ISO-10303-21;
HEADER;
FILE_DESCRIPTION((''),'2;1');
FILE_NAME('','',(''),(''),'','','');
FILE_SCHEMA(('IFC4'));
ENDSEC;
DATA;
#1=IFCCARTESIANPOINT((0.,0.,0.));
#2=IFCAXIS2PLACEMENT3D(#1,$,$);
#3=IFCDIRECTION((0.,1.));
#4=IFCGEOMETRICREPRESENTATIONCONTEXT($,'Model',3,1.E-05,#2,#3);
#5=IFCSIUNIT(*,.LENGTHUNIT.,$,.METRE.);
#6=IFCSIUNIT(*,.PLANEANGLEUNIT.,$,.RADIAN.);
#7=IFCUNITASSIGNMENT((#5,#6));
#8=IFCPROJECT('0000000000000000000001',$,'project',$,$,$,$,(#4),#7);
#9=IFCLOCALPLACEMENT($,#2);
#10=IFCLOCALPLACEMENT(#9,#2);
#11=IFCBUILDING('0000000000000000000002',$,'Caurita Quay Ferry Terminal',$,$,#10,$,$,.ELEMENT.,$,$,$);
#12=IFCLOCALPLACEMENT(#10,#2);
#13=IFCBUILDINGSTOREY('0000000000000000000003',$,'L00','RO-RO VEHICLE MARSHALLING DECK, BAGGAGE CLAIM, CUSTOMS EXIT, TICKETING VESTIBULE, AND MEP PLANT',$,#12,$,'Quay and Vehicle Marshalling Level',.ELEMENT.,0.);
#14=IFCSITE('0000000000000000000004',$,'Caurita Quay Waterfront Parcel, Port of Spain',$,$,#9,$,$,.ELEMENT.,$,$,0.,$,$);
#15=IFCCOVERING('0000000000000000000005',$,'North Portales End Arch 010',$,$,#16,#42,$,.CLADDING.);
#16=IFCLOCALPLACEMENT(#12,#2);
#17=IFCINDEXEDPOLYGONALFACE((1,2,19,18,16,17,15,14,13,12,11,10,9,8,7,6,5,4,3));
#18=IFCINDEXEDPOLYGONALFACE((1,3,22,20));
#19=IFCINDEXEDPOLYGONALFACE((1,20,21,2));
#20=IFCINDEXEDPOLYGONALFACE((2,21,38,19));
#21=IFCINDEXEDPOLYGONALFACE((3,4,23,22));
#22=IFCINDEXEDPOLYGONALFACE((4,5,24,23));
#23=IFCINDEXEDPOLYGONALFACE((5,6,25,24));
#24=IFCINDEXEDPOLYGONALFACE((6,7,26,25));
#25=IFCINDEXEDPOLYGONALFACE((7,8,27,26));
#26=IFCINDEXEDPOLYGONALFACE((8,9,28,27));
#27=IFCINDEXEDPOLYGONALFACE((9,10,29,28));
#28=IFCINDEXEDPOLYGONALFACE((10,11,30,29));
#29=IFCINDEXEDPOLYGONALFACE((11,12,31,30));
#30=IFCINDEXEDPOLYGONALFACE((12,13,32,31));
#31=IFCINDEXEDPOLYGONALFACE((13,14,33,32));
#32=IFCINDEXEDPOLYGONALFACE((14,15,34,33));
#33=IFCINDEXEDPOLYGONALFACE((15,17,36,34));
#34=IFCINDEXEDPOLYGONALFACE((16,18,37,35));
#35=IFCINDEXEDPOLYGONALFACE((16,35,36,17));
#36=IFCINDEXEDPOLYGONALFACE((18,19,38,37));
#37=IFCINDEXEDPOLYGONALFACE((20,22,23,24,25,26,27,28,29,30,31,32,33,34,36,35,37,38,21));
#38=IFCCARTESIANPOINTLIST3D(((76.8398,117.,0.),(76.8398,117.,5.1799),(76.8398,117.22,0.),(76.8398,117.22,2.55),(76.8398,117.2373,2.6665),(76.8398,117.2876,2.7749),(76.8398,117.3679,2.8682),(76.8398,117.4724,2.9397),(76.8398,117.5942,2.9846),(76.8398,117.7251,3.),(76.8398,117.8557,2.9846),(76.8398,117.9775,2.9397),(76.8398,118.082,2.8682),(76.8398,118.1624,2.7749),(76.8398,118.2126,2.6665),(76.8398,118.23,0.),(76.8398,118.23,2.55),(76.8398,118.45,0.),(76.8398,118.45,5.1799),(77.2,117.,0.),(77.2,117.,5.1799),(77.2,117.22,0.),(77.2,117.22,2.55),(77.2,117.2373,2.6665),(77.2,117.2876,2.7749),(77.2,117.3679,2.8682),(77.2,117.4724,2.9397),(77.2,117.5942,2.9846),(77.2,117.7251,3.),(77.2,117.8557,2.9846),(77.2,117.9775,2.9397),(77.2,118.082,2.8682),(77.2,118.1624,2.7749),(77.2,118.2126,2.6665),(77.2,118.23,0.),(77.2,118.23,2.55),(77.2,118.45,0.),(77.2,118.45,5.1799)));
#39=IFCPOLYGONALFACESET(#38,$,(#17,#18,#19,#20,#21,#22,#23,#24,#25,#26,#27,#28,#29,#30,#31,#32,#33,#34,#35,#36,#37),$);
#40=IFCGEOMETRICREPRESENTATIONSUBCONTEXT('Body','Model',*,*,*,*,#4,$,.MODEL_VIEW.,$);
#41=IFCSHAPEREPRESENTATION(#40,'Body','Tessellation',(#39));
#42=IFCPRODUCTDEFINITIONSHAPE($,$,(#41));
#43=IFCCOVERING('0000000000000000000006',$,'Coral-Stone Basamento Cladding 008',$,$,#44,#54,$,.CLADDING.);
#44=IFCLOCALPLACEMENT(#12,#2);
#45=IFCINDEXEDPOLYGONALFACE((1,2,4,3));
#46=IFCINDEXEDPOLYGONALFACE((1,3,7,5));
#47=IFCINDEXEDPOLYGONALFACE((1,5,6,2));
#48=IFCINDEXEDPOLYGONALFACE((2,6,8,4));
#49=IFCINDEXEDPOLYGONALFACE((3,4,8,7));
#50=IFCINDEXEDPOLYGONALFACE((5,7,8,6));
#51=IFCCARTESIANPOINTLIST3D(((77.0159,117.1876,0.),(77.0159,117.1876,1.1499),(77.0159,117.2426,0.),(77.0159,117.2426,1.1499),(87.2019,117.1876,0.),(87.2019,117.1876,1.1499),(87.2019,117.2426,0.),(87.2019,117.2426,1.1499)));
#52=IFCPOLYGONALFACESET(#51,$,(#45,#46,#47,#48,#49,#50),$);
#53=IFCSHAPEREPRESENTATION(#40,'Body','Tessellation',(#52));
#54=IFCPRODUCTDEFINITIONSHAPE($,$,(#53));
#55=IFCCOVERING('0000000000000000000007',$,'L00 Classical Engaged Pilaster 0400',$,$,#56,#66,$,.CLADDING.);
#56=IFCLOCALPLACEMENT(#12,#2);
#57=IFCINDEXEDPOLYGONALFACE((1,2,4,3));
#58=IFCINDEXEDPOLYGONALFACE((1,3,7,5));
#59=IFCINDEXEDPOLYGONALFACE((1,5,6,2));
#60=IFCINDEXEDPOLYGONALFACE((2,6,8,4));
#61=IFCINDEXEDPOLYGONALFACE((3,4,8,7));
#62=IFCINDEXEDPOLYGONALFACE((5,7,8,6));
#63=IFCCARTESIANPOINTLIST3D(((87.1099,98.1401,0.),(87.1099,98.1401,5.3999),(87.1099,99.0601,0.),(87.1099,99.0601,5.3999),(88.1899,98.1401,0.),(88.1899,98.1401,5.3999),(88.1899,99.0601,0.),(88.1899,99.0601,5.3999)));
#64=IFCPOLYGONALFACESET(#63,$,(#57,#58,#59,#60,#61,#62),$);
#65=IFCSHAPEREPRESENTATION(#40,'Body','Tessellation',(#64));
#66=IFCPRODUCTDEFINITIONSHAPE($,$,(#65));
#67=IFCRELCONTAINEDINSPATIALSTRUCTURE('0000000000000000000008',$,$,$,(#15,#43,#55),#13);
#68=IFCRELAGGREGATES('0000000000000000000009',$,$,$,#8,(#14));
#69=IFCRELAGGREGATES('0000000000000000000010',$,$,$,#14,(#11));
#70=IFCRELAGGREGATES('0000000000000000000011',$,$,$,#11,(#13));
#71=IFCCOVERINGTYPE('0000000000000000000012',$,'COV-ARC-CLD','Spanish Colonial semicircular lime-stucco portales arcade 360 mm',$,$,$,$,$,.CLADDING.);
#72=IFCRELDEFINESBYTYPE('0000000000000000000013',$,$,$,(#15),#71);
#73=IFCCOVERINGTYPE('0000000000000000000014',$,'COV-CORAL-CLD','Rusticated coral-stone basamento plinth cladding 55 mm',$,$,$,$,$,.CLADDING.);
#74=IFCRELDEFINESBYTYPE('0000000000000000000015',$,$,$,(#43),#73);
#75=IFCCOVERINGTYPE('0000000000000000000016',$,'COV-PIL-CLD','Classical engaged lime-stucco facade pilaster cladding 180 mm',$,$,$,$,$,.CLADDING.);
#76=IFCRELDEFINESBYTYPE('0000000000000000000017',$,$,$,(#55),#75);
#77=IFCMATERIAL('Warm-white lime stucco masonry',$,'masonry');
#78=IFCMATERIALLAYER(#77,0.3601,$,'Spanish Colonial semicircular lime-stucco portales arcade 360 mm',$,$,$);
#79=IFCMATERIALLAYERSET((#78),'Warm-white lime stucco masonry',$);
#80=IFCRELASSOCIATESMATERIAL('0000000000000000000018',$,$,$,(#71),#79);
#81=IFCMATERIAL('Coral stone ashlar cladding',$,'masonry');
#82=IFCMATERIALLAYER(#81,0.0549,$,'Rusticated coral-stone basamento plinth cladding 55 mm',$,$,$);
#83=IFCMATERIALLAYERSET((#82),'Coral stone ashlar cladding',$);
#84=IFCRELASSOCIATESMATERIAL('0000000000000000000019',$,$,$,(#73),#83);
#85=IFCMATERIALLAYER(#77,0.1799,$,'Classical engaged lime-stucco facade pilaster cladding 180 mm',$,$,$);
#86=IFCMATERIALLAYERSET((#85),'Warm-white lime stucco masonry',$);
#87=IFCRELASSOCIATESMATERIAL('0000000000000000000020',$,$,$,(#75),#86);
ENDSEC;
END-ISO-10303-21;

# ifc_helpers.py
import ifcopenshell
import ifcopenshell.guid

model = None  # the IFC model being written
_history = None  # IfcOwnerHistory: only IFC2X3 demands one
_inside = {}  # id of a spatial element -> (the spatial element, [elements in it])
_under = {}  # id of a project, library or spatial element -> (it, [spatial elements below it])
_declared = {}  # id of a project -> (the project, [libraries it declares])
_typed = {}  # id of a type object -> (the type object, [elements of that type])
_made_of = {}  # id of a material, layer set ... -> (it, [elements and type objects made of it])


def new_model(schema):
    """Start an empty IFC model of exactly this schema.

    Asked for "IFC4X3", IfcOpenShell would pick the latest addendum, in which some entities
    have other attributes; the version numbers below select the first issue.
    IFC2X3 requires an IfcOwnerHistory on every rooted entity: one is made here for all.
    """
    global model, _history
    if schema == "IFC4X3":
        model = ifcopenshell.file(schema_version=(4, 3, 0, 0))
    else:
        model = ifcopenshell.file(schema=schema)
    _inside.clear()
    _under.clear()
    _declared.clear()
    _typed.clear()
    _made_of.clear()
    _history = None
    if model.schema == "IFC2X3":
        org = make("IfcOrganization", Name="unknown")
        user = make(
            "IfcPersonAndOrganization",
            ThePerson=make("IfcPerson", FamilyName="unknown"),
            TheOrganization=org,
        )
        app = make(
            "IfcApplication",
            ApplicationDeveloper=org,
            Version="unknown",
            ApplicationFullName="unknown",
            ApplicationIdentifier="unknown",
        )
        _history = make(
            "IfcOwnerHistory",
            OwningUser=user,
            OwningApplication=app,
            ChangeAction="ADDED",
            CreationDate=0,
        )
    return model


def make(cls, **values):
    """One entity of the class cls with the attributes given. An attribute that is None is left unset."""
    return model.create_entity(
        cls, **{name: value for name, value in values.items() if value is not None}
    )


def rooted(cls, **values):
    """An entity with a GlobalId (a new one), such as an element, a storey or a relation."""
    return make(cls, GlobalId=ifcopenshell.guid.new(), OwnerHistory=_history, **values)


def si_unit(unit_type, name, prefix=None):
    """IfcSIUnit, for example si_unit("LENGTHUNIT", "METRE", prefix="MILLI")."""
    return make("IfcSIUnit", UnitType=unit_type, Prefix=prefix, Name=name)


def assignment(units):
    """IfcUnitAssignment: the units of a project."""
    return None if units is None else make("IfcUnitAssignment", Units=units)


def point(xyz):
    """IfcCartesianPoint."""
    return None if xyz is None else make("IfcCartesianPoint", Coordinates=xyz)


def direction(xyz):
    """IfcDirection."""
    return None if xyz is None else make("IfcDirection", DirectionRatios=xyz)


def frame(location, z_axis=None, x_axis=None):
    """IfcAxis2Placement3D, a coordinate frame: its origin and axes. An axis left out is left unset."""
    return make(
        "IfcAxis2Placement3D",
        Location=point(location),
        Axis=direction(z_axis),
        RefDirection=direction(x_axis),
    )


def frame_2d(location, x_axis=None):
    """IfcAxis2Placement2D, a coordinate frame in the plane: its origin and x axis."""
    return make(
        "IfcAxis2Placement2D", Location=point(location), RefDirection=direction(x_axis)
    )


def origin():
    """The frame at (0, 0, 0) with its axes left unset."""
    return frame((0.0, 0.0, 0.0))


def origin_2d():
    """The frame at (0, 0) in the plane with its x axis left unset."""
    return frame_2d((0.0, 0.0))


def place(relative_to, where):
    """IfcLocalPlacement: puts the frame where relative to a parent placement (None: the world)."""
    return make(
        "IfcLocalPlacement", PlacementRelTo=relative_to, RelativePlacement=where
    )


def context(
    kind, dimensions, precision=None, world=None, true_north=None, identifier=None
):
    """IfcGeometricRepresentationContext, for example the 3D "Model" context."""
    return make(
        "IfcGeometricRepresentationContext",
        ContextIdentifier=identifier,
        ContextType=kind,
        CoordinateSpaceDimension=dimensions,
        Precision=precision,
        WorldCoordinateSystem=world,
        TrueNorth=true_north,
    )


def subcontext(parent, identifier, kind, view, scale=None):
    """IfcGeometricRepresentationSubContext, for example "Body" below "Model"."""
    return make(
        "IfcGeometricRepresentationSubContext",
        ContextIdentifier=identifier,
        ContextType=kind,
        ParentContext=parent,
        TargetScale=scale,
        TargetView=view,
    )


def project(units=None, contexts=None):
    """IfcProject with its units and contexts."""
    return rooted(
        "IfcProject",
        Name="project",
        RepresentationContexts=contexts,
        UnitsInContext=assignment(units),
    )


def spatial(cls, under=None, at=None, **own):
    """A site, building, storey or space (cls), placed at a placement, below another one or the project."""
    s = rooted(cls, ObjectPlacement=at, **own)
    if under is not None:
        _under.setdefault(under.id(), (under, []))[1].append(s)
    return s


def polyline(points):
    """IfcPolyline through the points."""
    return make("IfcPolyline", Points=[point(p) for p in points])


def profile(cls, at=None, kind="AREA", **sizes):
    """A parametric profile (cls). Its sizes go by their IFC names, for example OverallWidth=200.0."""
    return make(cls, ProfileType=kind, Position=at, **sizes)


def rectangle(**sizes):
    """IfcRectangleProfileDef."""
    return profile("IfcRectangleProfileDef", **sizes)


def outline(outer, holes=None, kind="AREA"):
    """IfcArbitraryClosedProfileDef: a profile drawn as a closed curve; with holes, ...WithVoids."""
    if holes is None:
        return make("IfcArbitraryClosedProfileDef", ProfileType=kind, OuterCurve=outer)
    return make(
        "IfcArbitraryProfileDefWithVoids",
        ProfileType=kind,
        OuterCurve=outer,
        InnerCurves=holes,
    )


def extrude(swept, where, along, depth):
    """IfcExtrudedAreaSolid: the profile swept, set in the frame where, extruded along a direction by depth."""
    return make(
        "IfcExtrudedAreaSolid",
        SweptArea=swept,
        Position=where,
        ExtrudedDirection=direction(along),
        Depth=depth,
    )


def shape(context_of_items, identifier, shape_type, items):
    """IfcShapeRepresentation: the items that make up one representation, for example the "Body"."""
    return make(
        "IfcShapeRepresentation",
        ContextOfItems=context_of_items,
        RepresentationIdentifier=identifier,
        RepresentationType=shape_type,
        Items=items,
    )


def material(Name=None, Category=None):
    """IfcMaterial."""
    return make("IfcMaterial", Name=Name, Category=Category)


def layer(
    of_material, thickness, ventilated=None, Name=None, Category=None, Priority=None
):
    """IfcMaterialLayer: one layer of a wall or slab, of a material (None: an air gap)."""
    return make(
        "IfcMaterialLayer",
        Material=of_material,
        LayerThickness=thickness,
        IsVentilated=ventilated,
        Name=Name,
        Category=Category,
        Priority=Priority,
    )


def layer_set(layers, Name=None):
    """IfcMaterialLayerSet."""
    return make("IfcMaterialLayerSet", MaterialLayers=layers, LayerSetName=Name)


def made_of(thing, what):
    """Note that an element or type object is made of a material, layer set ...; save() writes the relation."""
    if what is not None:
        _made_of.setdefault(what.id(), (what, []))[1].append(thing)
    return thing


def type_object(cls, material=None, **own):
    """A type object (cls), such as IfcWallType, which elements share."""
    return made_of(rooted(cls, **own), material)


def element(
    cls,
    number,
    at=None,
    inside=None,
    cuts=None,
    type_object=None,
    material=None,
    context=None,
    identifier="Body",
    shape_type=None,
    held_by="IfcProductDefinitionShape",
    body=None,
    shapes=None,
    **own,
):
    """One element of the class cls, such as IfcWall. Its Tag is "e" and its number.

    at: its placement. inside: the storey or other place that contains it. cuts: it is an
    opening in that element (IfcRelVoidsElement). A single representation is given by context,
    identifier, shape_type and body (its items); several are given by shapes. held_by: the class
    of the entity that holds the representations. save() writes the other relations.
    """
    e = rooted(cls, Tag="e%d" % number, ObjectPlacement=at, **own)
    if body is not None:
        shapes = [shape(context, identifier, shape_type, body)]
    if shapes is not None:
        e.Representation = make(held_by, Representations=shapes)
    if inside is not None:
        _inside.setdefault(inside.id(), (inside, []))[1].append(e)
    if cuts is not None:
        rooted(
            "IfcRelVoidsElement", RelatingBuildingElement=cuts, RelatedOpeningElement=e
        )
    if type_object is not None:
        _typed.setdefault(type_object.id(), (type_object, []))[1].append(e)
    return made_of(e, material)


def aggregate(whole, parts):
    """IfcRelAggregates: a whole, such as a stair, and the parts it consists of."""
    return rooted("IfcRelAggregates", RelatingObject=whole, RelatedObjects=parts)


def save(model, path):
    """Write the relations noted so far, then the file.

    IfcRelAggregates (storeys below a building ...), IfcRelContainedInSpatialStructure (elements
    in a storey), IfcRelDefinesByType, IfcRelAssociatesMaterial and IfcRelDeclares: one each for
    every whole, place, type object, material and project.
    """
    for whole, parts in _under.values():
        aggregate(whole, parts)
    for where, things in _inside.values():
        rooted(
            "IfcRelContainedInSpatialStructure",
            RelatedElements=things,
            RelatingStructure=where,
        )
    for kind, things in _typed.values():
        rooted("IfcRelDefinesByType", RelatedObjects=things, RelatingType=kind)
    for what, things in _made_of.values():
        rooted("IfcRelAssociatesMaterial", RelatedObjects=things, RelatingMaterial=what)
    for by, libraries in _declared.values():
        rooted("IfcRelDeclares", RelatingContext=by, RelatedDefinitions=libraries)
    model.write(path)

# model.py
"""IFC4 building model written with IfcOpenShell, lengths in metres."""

from ifc_helpers import new_model, si_unit, direction, frame, frame_2d, origin, origin_2d, place, context, subcontext, project, spatial, polyline, rectangle, outline, extrude, material, layer, layer_set, type_object, element, save


model = new_model("IFC4")

# Units and contexts
model_context = context("Model", 3, precision=1e-05, world=origin(), true_north=direction((0.0, 1.0)))
body_context = subcontext(model_context, "Body", "Model", "MODEL_VIEW")
ifc_project = project(units=[si_unit("LENGTHUNIT", "METRE"), si_unit("PLANEANGLEUNIT", "RADIAN")], contexts=[model_context])

# Site, building, storey
site_placement = place(None, origin())
site = spatial("IfcSite", under=ifc_project, at=site_placement, Name="Caurita Quay Waterfront Parcel, Port of Spain", CompositionType="ELEMENT", RefElevation=0.0)
building_placement = place(site_placement, origin())
building = spatial("IfcBuilding", under=site, at=building_placement, Name="Caurita Quay Ferry Terminal", CompositionType="ELEMENT")
storey_placement = place(building_placement, origin())
storey = spatial("IfcBuildingStorey", under=building, at=storey_placement, Name="L00", Description="RO-RO VEHICLE MARSHALLING DECK, BAGGAGE CLAIM, CUSTOMS EXIT, TICKETING VESTIBULE, AND MEP PLANT", LongName="Quay and Vehicle Marshalling Level", CompositionType="ELEMENT", Elevation=0.0)

# Shared definitions
ifc_material_1 = material(Name="Warm-white lime stucco masonry", Category="masonry")

# Shared definitions
ifc_material_2 = material(Name="Coral stone ashlar cladding", Category="masonry")

# Coverings
ifc_layer_1 = layer(ifc_material_1, 0.3601, Name="Spanish Colonial semicircular lime-stucco portales arcade 360 mm")
ifc_layer_set_1 = layer_set([ifc_layer_1], Name="Warm-white lime stucco masonry")
covering_type_1 = type_object("IfcCoveringType", Name="COV-ARC-CLD", Description="Spanish Colonial semicircular lime-stucco portales arcade 360 mm", PredefinedType="CLADDING", material=ifc_layer_set_1)
covering_1_placement = place(storey_placement, frame((77.02, 117.0, 0.0), z_axis=(0.0, 0.0, 1.0), x_axis=(0.0, 1.0, 0.0)))
element("IfcCovering", 1, at=covering_1_placement, inside=storey, type_object=covering_type_1, Name="North Portales End Arch 010", PredefinedType="CLADDING", context=body_context, shape_type="SweptSolid", body=[
    extrude(outline(polyline([(0.0, 0.0), (0.22, 0.0), (0.22, 2.55), (0.2373, 2.6665), (0.2876, 2.7749), (0.3679, 2.8682), (0.4724, 2.9397), (0.5942, 2.9846), (0.7251, 3.0), (0.8557, 2.9846), (0.9775, 2.9397), (1.082, 2.8682), (1.1624, 2.7749), (1.2126, 2.6665), (1.23, 2.55), (1.23, 0.0), (1.45, 0.0), (1.45, 5.1799), (0.0, 5.1799), (0.0, 0.0)])), frame((0.0, 0.1802, 0.0), z_axis=(0.0, -1.0, 0.0), x_axis=(1.0, 0.0, 0.0)), (0.0, 0.0, 1.0), 0.3601),
])
ifc_layer_2 = layer(ifc_material_2, 0.0549, Name="Rusticated coral-stone basamento plinth cladding 55 mm")
ifc_layer_set_2 = layer_set([ifc_layer_2], Name="Coral stone ashlar cladding")
covering_type_2 = type_object("IfcCoveringType", Name="COV-CORAL-CLD", Description="Rusticated coral-stone basamento plinth cladding 55 mm", PredefinedType="CLADDING", material=ifc_layer_set_2)
covering_2_placement = place(storey_placement, frame((87.2019, 117.2151, 0.0), z_axis=(0.0, 0.0, 1.0), x_axis=(-1.0, 0.0, 0.0)))
element("IfcCovering", 2, at=covering_2_placement, inside=storey, type_object=covering_type_2, Name="Coral-Stone Basamento Cladding 008", PredefinedType="CLADDING", context=body_context, shape_type="SweptSolid", body=[
    extrude(rectangle(XDim=10.186, YDim=0.0549, at=frame_2d((5.093, 0.0))), origin(), (0.0, 0.0, 1.0), 1.1499),
])
ifc_layer_3 = layer(ifc_material_1, 0.1799, Name="Classical engaged lime-stucco facade pilaster cladding 180 mm")
ifc_layer_set_3 = layer_set([ifc_layer_3], Name="Warm-white lime stucco masonry")
covering_type_3 = type_object("IfcCoveringType", Name="COV-PIL-CLD", Description="Classical engaged lime-stucco facade pilaster cladding 180 mm", PredefinedType="CLADDING", material=ifc_layer_set_3)
covering_3_placement = place(storey_placement, frame((87.6499, 98.6001, 0.0), z_axis=(0.0, 0.0, 1.0), x_axis=(1.0, 0.0, 0.0)))
element("IfcCovering", 3, at=covering_3_placement, inside=storey, type_object=covering_type_3, Name="L00 Classical Engaged Pilaster 0400", PredefinedType="CLADDING", context=body_context, shape_type="SweptSolid", body=[
    extrude(rectangle(XDim=1.0801, YDim=0.9199, at=origin_2d()), origin(), (0.0, 0.0, 1.0), 5.3999),
])

save(model, "model.ifc")
